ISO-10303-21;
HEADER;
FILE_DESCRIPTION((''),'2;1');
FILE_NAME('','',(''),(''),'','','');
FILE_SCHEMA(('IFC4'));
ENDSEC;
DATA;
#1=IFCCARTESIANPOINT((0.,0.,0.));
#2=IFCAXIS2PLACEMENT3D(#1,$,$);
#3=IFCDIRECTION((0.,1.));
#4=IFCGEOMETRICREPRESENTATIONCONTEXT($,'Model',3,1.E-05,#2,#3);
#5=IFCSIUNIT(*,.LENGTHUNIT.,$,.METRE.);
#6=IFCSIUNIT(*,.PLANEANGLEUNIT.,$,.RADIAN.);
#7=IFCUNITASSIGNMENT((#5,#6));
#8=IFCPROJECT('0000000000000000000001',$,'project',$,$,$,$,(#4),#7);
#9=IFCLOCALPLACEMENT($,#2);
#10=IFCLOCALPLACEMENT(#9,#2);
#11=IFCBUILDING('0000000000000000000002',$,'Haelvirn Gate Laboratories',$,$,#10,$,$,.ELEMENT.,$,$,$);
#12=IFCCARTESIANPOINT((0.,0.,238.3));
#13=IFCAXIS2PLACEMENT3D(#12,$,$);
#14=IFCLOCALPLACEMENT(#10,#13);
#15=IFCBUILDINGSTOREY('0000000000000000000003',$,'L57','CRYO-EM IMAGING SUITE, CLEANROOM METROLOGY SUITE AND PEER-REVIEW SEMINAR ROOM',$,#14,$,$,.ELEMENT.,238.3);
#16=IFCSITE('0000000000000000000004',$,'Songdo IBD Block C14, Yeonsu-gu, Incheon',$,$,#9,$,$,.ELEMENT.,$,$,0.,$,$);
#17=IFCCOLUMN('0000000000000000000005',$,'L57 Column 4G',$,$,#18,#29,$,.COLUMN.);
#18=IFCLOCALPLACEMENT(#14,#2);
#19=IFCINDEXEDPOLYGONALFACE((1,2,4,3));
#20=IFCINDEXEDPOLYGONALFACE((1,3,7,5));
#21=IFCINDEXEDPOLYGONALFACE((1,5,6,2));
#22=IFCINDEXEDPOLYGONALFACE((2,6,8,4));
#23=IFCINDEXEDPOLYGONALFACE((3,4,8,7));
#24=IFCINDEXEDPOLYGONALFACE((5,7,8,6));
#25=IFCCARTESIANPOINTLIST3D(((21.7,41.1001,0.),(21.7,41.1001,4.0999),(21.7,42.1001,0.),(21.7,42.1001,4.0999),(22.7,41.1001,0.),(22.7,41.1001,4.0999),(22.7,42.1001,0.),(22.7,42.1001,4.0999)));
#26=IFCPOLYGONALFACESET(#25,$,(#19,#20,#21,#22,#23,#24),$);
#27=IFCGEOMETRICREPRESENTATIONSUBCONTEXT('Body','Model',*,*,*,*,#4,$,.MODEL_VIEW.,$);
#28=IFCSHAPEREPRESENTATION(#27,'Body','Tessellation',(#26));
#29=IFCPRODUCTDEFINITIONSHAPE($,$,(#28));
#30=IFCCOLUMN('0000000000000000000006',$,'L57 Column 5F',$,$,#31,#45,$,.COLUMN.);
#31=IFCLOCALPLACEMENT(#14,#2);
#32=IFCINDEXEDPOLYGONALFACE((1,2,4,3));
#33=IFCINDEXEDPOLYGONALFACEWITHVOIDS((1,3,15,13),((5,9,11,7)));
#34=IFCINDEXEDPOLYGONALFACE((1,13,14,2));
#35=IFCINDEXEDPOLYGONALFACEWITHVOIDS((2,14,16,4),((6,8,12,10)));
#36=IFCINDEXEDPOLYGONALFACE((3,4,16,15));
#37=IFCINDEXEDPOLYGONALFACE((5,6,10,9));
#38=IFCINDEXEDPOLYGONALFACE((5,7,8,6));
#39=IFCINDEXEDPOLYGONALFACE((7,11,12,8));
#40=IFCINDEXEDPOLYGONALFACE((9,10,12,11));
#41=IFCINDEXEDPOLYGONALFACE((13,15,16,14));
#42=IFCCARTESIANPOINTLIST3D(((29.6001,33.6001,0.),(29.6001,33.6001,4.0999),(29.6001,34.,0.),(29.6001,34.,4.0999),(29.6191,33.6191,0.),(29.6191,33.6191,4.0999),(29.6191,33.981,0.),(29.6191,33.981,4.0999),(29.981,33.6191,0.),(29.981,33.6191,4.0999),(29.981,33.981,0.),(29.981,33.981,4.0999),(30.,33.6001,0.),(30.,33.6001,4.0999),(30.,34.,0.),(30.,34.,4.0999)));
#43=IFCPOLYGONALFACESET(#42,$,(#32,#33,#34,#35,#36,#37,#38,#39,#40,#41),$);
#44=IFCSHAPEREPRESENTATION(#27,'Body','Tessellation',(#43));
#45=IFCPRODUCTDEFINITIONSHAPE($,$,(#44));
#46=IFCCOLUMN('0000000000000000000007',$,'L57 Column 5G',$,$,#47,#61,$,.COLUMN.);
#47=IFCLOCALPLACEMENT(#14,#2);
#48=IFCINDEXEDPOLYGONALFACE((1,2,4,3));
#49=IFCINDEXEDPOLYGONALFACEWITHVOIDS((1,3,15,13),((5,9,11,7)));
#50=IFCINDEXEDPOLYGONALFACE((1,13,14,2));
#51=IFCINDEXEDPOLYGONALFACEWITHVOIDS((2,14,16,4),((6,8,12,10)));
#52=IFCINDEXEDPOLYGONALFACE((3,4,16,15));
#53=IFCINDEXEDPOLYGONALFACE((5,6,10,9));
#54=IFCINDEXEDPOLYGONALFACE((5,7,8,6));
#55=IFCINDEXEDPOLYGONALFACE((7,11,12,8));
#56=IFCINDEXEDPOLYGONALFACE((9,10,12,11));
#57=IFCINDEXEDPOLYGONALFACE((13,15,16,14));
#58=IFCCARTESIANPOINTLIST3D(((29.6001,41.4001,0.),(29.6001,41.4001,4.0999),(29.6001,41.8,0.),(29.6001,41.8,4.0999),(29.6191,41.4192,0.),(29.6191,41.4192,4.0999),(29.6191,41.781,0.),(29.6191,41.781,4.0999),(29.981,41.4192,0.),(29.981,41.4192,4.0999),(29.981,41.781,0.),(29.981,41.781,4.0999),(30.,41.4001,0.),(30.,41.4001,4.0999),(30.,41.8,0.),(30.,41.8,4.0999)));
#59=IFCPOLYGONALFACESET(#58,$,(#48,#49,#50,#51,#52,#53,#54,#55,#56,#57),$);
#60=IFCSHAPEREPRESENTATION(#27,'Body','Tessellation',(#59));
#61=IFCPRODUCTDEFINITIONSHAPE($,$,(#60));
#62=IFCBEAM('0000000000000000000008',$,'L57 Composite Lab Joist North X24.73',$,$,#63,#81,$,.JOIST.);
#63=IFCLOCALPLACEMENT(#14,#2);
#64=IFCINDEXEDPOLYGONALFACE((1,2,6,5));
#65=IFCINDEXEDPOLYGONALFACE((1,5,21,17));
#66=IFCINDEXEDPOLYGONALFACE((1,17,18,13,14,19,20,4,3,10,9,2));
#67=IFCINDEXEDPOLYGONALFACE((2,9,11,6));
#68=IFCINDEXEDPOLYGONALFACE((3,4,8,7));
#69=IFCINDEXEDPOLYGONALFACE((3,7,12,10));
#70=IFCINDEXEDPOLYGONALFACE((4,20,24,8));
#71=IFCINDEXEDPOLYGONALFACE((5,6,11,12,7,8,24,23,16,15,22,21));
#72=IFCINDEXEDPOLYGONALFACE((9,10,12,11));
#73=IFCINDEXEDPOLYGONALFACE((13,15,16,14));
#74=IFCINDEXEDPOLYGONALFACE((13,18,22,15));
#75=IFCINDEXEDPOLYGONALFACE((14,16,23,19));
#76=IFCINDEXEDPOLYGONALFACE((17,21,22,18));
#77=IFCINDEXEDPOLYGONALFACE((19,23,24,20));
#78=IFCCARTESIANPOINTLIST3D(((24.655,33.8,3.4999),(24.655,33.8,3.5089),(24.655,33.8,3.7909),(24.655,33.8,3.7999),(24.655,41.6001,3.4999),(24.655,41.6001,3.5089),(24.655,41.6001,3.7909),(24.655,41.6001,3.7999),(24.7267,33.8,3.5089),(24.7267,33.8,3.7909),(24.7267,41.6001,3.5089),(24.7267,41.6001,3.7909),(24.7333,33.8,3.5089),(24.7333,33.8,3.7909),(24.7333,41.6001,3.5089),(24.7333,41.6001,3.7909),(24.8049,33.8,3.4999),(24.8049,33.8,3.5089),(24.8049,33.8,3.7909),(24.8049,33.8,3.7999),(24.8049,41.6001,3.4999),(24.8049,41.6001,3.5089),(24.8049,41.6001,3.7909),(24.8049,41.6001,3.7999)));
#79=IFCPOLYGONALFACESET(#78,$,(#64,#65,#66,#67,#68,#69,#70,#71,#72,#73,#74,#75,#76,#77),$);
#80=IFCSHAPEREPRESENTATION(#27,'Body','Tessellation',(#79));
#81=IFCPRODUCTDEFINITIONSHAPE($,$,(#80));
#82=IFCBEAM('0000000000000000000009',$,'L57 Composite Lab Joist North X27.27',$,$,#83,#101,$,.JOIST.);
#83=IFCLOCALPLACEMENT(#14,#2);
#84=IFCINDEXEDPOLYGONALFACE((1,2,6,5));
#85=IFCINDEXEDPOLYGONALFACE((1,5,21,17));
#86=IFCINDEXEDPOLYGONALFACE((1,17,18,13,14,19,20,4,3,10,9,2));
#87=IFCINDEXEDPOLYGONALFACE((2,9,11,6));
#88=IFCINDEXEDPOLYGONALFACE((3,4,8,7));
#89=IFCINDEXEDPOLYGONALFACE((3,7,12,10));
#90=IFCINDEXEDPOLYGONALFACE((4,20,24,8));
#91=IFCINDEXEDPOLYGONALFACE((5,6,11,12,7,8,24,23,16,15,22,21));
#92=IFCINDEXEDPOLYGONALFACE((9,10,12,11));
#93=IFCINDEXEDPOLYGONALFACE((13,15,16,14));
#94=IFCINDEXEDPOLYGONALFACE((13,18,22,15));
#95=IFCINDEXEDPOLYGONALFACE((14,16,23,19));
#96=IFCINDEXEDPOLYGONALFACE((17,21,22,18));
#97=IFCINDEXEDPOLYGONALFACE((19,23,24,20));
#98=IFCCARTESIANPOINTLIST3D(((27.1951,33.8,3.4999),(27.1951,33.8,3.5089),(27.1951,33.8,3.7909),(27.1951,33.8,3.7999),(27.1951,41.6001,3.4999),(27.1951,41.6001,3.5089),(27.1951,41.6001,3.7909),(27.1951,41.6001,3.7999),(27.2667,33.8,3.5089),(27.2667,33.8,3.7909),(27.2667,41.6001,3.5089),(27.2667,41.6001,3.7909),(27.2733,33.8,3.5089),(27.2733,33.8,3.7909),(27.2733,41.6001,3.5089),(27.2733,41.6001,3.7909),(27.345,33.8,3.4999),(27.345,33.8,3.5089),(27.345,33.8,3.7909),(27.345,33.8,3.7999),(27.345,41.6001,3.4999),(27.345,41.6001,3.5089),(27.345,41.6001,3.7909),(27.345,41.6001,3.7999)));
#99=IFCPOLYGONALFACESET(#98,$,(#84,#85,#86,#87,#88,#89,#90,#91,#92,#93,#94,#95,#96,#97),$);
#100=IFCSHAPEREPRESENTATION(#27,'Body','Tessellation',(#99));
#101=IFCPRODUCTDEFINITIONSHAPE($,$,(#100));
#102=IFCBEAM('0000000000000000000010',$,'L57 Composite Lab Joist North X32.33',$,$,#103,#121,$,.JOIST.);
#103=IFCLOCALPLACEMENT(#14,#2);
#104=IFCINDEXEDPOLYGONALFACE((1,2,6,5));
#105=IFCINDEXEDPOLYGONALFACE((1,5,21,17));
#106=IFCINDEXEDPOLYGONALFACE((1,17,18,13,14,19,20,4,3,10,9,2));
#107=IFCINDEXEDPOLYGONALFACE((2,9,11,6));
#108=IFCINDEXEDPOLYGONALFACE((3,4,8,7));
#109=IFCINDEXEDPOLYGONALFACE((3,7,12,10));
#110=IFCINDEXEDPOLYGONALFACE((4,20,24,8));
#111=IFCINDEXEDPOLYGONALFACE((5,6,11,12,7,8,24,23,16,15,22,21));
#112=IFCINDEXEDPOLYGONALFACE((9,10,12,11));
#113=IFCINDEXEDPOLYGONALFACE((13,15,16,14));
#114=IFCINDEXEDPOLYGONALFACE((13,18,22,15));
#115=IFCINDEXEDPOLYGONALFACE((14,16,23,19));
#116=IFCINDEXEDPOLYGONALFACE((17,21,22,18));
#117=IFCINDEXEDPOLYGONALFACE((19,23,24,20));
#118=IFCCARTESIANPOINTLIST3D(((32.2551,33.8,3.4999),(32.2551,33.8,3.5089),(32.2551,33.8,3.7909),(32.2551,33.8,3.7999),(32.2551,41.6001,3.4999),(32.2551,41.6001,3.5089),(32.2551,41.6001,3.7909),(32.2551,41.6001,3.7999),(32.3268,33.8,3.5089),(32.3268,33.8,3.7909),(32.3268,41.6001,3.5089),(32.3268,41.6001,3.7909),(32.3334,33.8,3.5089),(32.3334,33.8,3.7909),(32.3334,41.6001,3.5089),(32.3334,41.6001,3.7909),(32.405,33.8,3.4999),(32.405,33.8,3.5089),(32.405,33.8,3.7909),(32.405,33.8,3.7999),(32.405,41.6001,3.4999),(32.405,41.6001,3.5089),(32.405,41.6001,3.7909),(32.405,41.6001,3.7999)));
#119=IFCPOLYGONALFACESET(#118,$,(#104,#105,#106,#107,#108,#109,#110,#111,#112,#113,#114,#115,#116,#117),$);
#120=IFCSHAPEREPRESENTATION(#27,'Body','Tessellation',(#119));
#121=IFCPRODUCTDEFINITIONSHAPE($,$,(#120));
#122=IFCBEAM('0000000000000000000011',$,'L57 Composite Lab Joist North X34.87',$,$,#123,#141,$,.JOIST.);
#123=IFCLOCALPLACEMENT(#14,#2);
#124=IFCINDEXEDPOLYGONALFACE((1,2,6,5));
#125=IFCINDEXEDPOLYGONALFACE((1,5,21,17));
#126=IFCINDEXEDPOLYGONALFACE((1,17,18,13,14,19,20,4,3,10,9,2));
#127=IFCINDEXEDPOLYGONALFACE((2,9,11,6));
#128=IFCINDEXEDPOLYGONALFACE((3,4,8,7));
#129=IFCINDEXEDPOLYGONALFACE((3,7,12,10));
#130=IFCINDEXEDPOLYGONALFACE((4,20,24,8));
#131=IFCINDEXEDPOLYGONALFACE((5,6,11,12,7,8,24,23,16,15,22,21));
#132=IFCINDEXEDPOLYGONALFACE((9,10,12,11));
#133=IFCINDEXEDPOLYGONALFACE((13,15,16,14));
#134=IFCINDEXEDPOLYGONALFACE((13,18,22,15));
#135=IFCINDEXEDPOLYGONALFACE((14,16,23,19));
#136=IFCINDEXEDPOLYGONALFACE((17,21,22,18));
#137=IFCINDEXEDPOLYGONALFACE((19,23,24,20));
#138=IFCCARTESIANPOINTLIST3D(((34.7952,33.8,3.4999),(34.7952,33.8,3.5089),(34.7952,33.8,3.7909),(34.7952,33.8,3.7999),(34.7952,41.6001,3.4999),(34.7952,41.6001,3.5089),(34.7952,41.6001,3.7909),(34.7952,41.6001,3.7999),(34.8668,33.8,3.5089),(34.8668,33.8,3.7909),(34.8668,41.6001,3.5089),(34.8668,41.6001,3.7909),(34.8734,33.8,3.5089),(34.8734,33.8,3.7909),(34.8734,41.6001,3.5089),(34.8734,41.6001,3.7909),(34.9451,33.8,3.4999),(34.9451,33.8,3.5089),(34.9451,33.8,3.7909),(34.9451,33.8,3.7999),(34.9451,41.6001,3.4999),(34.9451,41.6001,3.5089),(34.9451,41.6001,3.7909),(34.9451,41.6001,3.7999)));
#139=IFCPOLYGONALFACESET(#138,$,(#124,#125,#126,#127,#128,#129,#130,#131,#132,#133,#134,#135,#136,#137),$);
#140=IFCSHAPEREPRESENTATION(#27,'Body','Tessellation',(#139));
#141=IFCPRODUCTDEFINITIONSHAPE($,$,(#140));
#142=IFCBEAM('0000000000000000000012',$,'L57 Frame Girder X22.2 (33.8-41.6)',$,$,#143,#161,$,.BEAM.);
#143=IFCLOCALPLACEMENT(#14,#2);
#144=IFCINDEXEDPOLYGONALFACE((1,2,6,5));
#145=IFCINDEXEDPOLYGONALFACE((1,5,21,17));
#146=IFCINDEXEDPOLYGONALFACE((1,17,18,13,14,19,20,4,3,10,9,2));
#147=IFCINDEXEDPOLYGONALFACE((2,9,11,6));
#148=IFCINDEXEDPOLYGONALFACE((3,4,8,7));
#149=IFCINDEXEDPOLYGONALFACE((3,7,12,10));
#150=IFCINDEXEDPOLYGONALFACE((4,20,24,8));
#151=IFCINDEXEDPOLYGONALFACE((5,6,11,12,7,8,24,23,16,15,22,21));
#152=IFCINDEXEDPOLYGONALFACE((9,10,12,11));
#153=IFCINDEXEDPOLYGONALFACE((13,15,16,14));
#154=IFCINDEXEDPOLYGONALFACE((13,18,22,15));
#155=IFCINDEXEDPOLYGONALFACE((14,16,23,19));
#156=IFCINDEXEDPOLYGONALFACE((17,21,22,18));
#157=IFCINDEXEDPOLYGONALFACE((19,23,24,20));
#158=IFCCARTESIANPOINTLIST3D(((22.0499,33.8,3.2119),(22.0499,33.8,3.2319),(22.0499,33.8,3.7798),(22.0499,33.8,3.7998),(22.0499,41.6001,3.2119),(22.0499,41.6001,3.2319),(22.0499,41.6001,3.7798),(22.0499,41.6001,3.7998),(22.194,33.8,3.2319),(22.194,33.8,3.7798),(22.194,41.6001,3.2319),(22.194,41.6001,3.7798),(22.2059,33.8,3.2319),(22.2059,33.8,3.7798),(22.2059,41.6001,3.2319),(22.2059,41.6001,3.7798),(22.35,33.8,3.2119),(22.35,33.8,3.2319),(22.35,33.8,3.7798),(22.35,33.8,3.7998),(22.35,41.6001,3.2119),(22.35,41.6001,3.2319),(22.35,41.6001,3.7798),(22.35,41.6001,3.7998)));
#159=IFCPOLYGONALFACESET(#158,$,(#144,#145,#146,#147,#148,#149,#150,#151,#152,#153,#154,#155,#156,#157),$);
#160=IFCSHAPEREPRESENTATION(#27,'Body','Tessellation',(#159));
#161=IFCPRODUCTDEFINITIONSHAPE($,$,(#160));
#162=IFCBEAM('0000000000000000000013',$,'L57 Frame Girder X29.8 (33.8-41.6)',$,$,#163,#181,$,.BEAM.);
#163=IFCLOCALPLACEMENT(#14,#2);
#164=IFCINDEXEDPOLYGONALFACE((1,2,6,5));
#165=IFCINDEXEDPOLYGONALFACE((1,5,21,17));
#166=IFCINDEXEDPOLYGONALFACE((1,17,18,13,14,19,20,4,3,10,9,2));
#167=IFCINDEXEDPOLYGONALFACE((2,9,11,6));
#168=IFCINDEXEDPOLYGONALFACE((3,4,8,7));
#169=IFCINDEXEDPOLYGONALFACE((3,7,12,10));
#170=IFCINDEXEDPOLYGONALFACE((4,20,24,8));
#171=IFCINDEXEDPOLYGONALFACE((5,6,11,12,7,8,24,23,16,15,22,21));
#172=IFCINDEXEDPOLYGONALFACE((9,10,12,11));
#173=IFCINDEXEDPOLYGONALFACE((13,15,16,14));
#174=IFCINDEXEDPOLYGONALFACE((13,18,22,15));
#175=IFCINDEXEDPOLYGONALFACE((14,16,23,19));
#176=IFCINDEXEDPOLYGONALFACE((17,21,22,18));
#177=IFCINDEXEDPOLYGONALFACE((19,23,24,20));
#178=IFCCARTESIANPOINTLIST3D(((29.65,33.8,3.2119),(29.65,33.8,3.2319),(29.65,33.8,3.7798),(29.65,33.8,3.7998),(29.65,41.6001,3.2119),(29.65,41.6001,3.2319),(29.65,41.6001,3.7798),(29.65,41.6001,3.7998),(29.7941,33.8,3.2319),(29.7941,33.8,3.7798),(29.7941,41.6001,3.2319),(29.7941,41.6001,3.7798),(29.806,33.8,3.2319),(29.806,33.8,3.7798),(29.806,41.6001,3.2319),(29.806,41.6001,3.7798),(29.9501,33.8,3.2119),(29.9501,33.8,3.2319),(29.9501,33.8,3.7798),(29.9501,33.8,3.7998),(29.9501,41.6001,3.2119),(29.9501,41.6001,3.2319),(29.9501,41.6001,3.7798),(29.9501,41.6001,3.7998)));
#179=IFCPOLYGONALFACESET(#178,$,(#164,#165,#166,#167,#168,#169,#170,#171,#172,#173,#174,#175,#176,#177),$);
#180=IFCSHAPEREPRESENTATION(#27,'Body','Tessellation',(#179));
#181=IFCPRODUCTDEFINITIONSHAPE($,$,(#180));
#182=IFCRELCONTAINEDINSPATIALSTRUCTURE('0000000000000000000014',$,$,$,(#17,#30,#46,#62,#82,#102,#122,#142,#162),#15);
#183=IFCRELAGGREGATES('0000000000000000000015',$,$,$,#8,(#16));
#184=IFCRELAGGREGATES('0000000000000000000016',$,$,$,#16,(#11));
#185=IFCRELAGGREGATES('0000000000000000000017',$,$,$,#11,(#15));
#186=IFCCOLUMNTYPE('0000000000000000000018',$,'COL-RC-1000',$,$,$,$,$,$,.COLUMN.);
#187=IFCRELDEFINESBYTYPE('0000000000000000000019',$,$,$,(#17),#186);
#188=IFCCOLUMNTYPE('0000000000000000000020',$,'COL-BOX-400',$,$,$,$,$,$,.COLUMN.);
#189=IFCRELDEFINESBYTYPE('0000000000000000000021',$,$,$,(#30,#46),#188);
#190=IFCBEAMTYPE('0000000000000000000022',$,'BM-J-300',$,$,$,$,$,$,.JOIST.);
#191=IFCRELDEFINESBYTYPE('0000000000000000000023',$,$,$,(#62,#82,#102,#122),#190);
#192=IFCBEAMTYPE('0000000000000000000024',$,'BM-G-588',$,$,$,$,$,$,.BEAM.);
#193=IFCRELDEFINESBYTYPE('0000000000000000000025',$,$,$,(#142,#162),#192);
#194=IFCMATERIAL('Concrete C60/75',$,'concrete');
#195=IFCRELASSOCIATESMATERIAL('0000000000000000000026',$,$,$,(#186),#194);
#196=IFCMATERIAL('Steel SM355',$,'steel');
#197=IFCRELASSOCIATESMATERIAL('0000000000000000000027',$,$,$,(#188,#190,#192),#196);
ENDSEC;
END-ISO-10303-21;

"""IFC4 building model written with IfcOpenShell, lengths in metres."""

from ifc_helpers import new_model, si_unit, direction, frame, origin, origin_2d, place, context, subcontext, project, spatial, rectangle, hollow_rectangle, i_section, extrude, source, transform, mapped, material, material_profile, profile_set, type_object, type_shapes, element, save


model = new_model("IFC4")

# Units and contexts
model_context = context("Model", 3, precision=1e-05, world=origin(), true_north=direction((0.0, 1.0)))
body_context = subcontext(model_context, "Body", "Model", "MODEL_VIEW")
ifc_project = project(units=[si_unit("LENGTHUNIT", "METRE"), si_unit("PLANEANGLEUNIT", "RADIAN")], contexts=[model_context])

# Site, building, storey
site_placement = place(None, origin())
site = spatial("IfcSite", under=ifc_project, at=site_placement, Name="Songdo IBD Block C14, Yeonsu-gu, Incheon", CompositionType="ELEMENT", RefElevation=0.0)
building_placement = place(site_placement, origin())
building = spatial("IfcBuilding", under=site, at=building_placement, Name="Haelvirn Gate Laboratories", CompositionType="ELEMENT")
storey_placement = place(building_placement, frame((0.0, 0.0, 238.3)))
storey = spatial("IfcBuildingStorey", under=building, at=storey_placement, Name="L57", Description="CRYO-EM IMAGING SUITE, CLEANROOM METROLOGY SUITE AND PEER-REVIEW SEMINAR ROOM", CompositionType="ELEMENT", Elevation=238.3)

# Columns
ifc_material_1 = material(Name="Concrete C60/75", Category="concrete")
ifc_material_profile_1 = material_profile(ifc_material_1, rectangle(XDim=1.0, YDim=1.0, at=origin_2d()), Name="RC-1000x1000")
ifc_profile_set_1 = profile_set([ifc_material_profile_1], Name="Concrete C60/75")
column_type_1 = type_object("IfcColumnType", Name="COL-RC-1000", PredefinedType="COLUMN", material=ifc_profile_set_1)
shared_shape_1 = source(origin(), body_context, "Body", "SweptSolid", [
    extrude(rectangle(XDim=1.0, YDim=1.0, at=origin_2d()), origin(), (0.0, 0.0, 1.0), 4.0999),
])
type_shapes(column_type_1, [shared_shape_1])
column_placement = place(storey_placement, frame((22.2, 41.6001, 0.0), z_axis=(0.0, 0.0, 1.0), x_axis=(1.0, 0.0, 0.0)))
element("IfcColumn", 1, at=column_placement, inside=storey, type_object=column_type_1, Name="L57 Column 4G", PredefinedType="COLUMN", context=body_context, shape_type="MappedRepresentation", body=[
    mapped(shared_shape_1, transform((0.0, 0.0, 0.0), scale=1.0)),
])
ifc_material_2 = material(Name="Steel SM355", Category="steel")
ifc_material_profile_2 = material_profile(ifc_material_2, hollow_rectangle(XDim=0.3999, YDim=0.3999, WallThickness=0.019, at=origin_2d()), Name="BOX-400x400x19")
ifc_profile_set_2 = profile_set([ifc_material_profile_2], Name="Steel SM355")
column_type_2 = type_object("IfcColumnType", Name="COL-BOX-400", PredefinedType="COLUMN", material=ifc_profile_set_2)
shared_shape_2 = source(origin(), body_context, "Body", "SweptSolid", [
    extrude(hollow_rectangle(XDim=0.3999, YDim=0.3999, WallThickness=0.019, at=origin_2d()), origin(), (0.0, 0.0, 1.0), 4.0999),
])
type_shapes(column_type_2, [shared_shape_2])
for number, where, z_axis, x_axis, name in (
    (2, (29.8, 33.8, 0.0), (0.0, 0.0, 1.0), (1.0, 0.0, 0.0), "L57 Column 5F"),
    (3, (29.8, 41.6001, 0.0), (0.0, 0.0, 1.0), (1.0, 0.0, 0.0), "L57 Column 5G"),
):
    element("IfcColumn", number, at=place(storey_placement, frame(where, z_axis=z_axis, x_axis=x_axis)), inside=storey, type_object=column_type_2, Name=name, PredefinedType="COLUMN", context=body_context, shape_type="MappedRepresentation", body=[
        mapped(shared_shape_2, transform((0.0, 0.0, 0.0), scale=1.0)),
    ])

# Beams
ifc_material_profile_3 = material_profile(ifc_material_2, i_section(OverallWidth=0.1499, OverallDepth=0.3, WebThickness=0.0066, FlangeThickness=0.009, at=origin_2d()), Name="H-300x150x6.5x9")
ifc_profile_set_3 = profile_set([ifc_material_profile_3], Name="Steel SM355")
beam_type_1 = type_object("IfcBeamType", Name="BM-J-300", PredefinedType="JOIST", material=ifc_profile_set_3)
shared_shape_3 = source(origin(), body_context, "Body", "SweptSolid", [
    extrude(i_section(OverallWidth=0.1499, OverallDepth=0.3, WebThickness=0.0066, FlangeThickness=0.009, at=origin_2d()), origin(), (0.0, 0.0, 1.0), 7.8),
])
type_shapes(beam_type_1, [shared_shape_3])
for number, where, z_axis, x_axis, name in (
    (4, (24.73, 33.8, 3.6499), (0.0, 1.0, 0.0), (-1.0, 0.0, 0.0), "L57 Composite Lab Joist North X24.73"),
    (5, (27.27, 33.8, 3.6499), (0.0, 1.0, 0.0), (-1.0, 0.0, 0.0), "L57 Composite Lab Joist North X27.27"),
    (6, (32.3301, 33.8, 3.6499), (0.0, 1.0, 0.0), (-1.0, 0.0, 0.0), "L57 Composite Lab Joist North X32.33"),
    (7, (34.8701, 33.8, 3.6499), (0.0, 1.0, 0.0), (-1.0, 0.0, 0.0), "L57 Composite Lab Joist North X34.87"),
):
    element("IfcBeam", number, at=place(storey_placement, frame(where, z_axis=z_axis, x_axis=x_axis)), inside=storey, type_object=beam_type_1, Name=name, PredefinedType="JOIST", context=body_context, shape_type="MappedRepresentation", body=[
        mapped(shared_shape_3, transform((0.0, 0.0, 0.0), scale=1.0)),
    ])
ifc_material_profile_4 = material_profile(ifc_material_2, i_section(OverallWidth=0.3, OverallDepth=0.5879, WebThickness=0.012, FlangeThickness=0.02, at=origin_2d()), Name="H-588x300x12x20")
ifc_profile_set_4 = profile_set([ifc_material_profile_4], Name="Steel SM355")
beam_type_2 = type_object("IfcBeamType", Name="BM-G-588", PredefinedType="BEAM", material=ifc_profile_set_4)
shared_shape_4 = source(origin(), body_context, "Body", "SweptSolid", [
    extrude(i_section(OverallWidth=0.3, OverallDepth=0.5879, WebThickness=0.012, FlangeThickness=0.02, at=origin_2d()), origin(), (0.0, 0.0, 1.0), 7.8),
])
type_shapes(beam_type_2, [shared_shape_4])
for number, where, z_axis, x_axis, name in (
    (8, (22.2, 33.8, 3.5059), (0.0, 1.0, 0.0), (-1.0, 0.0, 0.0), "L57 Frame Girder X22.2 (33.8-41.6)"),
    (9, (29.8, 33.8, 3.5059), (0.0, 1.0, 0.0), (-1.0, 0.0, 0.0), "L57 Frame Girder X29.8 (33.8-41.6)"),
):
    element("IfcBeam", number, at=place(storey_placement, frame(where, z_axis=z_axis, x_axis=x_axis)), inside=storey, type_object=beam_type_2, Name=name, PredefinedType="BEAM", context=body_context, shape_type="MappedRepresentation", body=[
        mapped(shared_shape_4, transform((0.0, 0.0, 0.0), scale=1.0)),
    ])

save(model, "model.ifc")
